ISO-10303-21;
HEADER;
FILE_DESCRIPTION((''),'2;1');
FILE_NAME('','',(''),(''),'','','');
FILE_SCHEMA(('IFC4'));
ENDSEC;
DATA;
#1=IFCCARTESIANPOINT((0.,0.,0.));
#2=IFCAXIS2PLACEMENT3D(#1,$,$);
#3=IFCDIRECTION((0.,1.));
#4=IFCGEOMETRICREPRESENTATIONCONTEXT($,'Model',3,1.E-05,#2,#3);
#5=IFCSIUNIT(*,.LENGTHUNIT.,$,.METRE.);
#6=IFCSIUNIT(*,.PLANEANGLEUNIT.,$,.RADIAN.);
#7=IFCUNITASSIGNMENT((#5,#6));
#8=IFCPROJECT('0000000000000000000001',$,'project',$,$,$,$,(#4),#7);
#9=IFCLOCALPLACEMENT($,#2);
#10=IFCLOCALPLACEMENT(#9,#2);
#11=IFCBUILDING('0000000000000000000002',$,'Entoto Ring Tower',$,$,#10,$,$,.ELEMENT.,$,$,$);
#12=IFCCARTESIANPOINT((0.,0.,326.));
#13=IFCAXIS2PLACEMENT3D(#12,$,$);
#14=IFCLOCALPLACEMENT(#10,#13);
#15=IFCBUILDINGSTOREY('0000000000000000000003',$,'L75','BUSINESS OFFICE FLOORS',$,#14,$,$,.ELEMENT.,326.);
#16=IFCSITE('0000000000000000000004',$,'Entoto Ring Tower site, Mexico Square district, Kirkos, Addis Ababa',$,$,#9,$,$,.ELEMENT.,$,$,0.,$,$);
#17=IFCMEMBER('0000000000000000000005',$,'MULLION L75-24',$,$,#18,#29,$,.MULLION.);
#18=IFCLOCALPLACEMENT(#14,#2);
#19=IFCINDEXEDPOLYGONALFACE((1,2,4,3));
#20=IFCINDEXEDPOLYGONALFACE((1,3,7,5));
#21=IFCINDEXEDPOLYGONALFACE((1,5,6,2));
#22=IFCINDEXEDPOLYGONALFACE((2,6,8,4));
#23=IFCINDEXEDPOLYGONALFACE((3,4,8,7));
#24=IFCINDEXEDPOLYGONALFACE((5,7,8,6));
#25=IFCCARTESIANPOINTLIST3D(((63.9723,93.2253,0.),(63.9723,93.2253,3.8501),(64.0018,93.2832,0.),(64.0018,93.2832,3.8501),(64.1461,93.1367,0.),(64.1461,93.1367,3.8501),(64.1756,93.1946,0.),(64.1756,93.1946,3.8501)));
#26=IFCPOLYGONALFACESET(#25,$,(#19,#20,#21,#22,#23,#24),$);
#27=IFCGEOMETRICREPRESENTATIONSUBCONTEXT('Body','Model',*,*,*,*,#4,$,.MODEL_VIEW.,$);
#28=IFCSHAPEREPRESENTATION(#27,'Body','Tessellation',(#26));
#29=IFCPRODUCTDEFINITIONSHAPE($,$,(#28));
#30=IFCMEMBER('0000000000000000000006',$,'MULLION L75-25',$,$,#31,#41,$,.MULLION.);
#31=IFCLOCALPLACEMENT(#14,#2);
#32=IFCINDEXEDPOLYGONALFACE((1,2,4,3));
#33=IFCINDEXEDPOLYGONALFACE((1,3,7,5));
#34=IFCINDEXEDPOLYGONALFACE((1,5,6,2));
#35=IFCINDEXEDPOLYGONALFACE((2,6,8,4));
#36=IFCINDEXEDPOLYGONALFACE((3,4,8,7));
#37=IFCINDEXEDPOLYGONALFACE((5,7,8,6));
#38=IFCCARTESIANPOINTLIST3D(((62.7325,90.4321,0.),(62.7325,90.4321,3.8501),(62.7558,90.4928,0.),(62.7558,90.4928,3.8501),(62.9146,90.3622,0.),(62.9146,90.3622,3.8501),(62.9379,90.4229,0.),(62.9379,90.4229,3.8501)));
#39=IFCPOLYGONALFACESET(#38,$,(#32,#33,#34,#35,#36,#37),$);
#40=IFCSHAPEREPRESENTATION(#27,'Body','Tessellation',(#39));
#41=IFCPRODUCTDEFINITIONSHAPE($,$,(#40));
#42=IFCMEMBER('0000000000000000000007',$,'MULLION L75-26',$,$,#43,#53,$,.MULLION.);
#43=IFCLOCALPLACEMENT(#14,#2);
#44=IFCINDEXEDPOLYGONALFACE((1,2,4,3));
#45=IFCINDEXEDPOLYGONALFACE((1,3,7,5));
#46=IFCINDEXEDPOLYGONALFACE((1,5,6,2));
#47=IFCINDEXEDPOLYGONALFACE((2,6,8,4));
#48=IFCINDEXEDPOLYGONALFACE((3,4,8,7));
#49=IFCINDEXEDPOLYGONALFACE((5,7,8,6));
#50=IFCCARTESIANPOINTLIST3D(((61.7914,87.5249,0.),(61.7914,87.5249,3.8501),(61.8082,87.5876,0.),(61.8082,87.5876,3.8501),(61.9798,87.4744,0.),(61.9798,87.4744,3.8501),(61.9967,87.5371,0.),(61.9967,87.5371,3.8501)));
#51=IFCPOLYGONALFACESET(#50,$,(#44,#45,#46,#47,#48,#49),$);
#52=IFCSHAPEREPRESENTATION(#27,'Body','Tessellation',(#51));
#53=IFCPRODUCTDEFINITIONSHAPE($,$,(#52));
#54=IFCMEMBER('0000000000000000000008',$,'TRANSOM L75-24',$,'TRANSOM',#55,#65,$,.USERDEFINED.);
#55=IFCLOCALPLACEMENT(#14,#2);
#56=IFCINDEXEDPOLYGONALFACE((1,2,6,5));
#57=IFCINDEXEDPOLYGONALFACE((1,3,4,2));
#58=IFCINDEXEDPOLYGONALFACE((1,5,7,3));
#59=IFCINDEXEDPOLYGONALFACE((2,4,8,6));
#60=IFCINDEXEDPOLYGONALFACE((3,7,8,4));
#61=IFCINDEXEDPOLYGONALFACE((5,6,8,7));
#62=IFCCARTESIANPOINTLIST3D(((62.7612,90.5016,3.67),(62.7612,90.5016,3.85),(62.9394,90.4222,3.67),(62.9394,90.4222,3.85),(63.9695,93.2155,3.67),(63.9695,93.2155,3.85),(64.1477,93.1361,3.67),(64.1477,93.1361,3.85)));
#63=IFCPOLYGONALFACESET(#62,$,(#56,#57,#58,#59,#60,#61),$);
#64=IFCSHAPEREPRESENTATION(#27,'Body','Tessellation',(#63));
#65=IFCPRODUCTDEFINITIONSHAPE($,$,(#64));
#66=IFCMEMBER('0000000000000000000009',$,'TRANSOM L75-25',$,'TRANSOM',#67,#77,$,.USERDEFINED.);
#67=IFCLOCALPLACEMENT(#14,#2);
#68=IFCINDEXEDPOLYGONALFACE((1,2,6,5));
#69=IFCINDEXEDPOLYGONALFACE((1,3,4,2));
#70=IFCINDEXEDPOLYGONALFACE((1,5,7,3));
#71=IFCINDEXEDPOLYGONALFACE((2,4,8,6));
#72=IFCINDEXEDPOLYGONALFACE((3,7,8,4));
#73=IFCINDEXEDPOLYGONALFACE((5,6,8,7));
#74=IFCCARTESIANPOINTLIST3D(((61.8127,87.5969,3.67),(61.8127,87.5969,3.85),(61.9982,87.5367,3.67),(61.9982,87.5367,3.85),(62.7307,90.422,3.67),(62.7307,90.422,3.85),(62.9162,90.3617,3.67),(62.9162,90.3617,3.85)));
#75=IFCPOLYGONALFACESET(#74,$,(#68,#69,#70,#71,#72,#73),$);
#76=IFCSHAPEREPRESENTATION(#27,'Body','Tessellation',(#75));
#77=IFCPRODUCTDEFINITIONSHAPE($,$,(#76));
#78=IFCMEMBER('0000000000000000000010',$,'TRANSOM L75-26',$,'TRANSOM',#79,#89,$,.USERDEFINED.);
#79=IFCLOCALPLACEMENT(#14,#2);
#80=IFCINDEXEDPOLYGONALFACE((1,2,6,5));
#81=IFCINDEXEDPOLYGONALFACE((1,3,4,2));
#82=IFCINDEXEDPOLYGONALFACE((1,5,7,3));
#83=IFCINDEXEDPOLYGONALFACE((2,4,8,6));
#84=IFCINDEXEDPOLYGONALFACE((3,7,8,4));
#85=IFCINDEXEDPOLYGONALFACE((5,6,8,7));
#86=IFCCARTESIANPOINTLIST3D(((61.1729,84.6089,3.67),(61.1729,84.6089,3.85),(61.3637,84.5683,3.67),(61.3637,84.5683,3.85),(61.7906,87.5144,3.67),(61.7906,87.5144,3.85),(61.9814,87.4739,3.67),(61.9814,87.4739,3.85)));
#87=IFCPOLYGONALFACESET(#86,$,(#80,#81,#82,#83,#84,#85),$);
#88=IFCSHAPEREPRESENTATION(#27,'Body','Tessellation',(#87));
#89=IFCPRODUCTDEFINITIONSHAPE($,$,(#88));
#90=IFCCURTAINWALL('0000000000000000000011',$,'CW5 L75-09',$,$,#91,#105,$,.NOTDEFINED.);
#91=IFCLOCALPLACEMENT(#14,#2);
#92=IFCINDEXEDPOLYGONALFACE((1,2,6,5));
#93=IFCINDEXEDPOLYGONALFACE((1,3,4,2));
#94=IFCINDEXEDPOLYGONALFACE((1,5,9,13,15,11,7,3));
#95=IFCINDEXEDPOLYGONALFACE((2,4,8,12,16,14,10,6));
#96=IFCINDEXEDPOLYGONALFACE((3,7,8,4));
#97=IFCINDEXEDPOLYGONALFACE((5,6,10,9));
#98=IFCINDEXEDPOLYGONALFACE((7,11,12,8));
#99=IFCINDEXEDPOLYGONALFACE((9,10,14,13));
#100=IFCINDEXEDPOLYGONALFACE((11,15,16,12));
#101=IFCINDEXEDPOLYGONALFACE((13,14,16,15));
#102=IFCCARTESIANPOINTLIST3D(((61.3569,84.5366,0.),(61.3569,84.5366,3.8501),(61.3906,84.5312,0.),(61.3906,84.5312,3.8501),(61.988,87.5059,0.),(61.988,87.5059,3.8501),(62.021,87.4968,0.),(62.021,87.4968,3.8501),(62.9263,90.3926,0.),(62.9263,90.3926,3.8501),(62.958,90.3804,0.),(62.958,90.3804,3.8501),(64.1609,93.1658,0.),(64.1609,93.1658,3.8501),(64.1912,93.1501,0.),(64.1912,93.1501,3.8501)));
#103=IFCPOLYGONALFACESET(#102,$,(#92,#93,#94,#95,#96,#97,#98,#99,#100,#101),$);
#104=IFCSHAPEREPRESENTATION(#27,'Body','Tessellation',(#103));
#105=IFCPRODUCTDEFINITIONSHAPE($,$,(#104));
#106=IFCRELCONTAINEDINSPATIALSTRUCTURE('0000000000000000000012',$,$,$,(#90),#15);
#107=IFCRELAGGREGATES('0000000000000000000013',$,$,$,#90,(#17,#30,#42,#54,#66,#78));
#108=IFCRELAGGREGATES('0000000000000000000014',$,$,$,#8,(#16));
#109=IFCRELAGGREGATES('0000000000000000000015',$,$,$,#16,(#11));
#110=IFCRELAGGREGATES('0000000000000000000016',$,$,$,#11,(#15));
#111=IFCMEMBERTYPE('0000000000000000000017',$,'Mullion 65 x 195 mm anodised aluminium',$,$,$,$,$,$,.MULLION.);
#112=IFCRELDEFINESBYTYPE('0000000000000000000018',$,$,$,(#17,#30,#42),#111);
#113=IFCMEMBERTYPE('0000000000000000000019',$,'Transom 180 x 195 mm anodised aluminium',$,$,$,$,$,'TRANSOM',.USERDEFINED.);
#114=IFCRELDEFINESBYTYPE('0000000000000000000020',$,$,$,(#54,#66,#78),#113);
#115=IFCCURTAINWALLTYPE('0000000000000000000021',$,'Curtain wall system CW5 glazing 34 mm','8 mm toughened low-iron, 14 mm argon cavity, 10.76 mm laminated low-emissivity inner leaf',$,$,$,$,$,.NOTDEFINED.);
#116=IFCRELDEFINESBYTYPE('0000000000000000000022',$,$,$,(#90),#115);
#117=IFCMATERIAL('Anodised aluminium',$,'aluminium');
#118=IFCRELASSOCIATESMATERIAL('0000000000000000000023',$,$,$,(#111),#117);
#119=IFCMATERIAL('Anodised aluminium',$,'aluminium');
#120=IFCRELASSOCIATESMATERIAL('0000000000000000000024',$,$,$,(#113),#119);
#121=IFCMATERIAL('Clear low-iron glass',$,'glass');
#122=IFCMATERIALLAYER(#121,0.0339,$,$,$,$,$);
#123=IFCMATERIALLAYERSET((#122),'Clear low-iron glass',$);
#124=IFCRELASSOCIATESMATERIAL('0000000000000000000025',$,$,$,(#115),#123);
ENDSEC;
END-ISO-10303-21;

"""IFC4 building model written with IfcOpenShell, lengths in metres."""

from ifc_helpers import new_model, si_unit, direction, frame, origin, origin_2d, place, context, subcontext, project, spatial, polyline, rectangle, outline, extrude, material, layer, layer_set, material_profile, profile_set, type_object, element, aggregate, save


model = new_model("IFC4")

# Units and contexts
model_context = context("Model", 3, precision=1e-05, world=origin(), true_north=direction((0.0, 1.0)))
body_context = subcontext(model_context, "Body", "Model", "MODEL_VIEW")
ifc_project = project(units=[si_unit("LENGTHUNIT", "METRE"), si_unit("PLANEANGLEUNIT", "RADIAN")], contexts=[model_context])

# Members
ifc_material_1 = material(Name="Anodised aluminium", Category="aluminium")
ifc_material_profile_1 = material_profile(ifc_material_1, rectangle(XDim=0.0649, YDim=0.1951, at=origin_2d()), Name="Mullion 65 x 195 mm anodised aluminium")
ifc_profile_set_1 = profile_set([ifc_material_profile_1], Name="Anodised aluminium")
member_type_1 = type_object("IfcMemberType", Name="Mullion 65 x 195 mm anodised aluminium", PredefinedType="MULLION", material=ifc_profile_set_1)
site_placement = place(None, origin())
building_placement = place(site_placement, origin())
storey_placement = place(building_placement, frame((0.0, 0.0, 326.0)))
member_1_placement = place(storey_placement, frame((64.074, 93.21, 0.0), z_axis=(0.0, 0.0, 1.0), x_axis=(-0.45399, -0.891007, 0.0)))
member_1 = element("IfcMember", 1, at=member_1_placement, type_object=member_type_1, Name="MULLION L75-24", PredefinedType="MULLION", context=body_context, shape_type="SweptSolid", body=[
    extrude(rectangle(XDim=0.0649, YDim=0.1951, at=origin_2d()), origin(), (0.0, 0.0, 1.0), 3.8501),
])
member_2_placement = place(storey_placement, frame((62.8352, 90.4275, 0.0), z_axis=(0.0, 0.0, 1.0), x_axis=(-0.358368, -0.93358, 0.0)))
member_2 = element("IfcMember", 2, at=member_2_placement, type_object=member_type_1, Name="MULLION L75-25", PredefinedType="MULLION", context=body_context, shape_type="SweptSolid", body=[
    extrude(rectangle(XDim=0.0649, YDim=0.1951, at=origin_2d()), origin(), (0.0, 0.0, 1.0), 3.8501),
])
member_3_placement = place(storey_placement, frame((61.894, 87.531, 0.0), z_axis=(0.0, 0.0, 1.0), x_axis=(-0.258819, -0.965926, 0.0)))
member_3 = element("IfcMember", 3, at=member_3_placement, type_object=member_type_1, Name="MULLION L75-26", PredefinedType="MULLION", context=body_context, shape_type="SweptSolid", body=[
    extrude(rectangle(XDim=0.0649, YDim=0.1951, at=origin_2d()), origin(), (0.0, 0.0, 1.0), 3.8501),
])
ifc_material_2 = material(Name="Anodised aluminium", Category="aluminium")
ifc_material_profile_2 = material_profile(ifc_material_2, rectangle(XDim=0.1951, YDim=0.1799, at=origin_2d()), Name="Transom 180 x 195 mm anodised aluminium")
ifc_profile_set_2 = profile_set([ifc_material_profile_2], Name="Anodised aluminium")
member_type_2 = type_object("IfcMemberType", Name="Transom 180 x 195 mm anodised aluminium", ElementType="TRANSOM", PredefinedType="USERDEFINED", material=ifc_profile_set_2)
member_4_placement = place(storey_placement, frame((64.0586, 93.1758, 3.76), z_axis=(-0.406726, -0.91355, 0.0), x_axis=(0.91355, -0.406726, 0.0)))
member_4 = element("IfcMember", 4, at=member_4_placement, type_object=member_type_2, Name="TRANSOM L75-24", ObjectType="TRANSOM", PredefinedType="USERDEFINED", context=body_context, shape_type="SweptSolid", body=[
    extrude(rectangle(XDim=0.1951, YDim=0.1799, at=origin_2d()), origin(), (0.0, 0.0, 1.0), 2.9707),
])
member_5_placement = place(storey_placement, frame((62.8235, 90.3918, 3.76), z_axis=(-0.309043, -0.951048, 0.0), x_axis=(0.951048, -0.309043, 0.0)))
member_5 = element("IfcMember", 5, at=member_5_placement, type_object=member_type_2, Name="TRANSOM L75-25", ObjectType="TRANSOM", PredefinedType="USERDEFINED", context=body_context, shape_type="SweptSolid", body=[
    extrude(rectangle(XDim=0.1951, YDim=0.1799, at=origin_2d()), origin(), (0.0, 0.0, 1.0), 2.9705),
])
member_6_placement = place(storey_placement, frame((61.886, 87.4941, 3.76), z_axis=(-0.20794, -0.978142, 0.0), x_axis=(0.978142, -0.20794, 0.0)))
member_6 = element("IfcMember", 6, at=member_6_placement, type_object=member_type_2, Name="TRANSOM L75-26", ObjectType="TRANSOM", PredefinedType="USERDEFINED", context=body_context, shape_type="SweptSolid", body=[
    extrude(rectangle(XDim=0.1951, YDim=0.1799, at=origin_2d()), origin(), (0.0, 0.0, 1.0), 2.9705),
])

# Site, building, storey
site = spatial("IfcSite", under=ifc_project, at=site_placement, Name="Entoto Ring Tower site, Mexico Square district, Kirkos, Addis Ababa", CompositionType="ELEMENT", RefElevation=0.0)
building = spatial("IfcBuilding", under=site, at=building_placement, Name="Entoto Ring Tower", CompositionType="ELEMENT")
storey = spatial("IfcBuildingStorey", under=building, at=storey_placement, Name="L75", Description="BUSINESS OFFICE FLOORS", CompositionType="ELEMENT", Elevation=326.0)

# Curtain wall
ifc_material_3 = material(Name="Clear low-iron glass", Category="glass")
ifc_layer = layer(ifc_material_3, 0.0339)
ifc_layer_set = layer_set([ifc_layer], Name="Clear low-iron glass")
curtain_wall_type = type_object("IfcCurtainWallType", Name="Curtain wall system CW5 glazing 34 mm", Description="8 mm toughened low-iron, 14 mm argon cavity, 10.76 mm laminated low-emissivity inner leaf", PredefinedType="NOTDEFINED", material=ifc_layer_set)
curtain_wall_1_placement = place(storey_placement, origin())
curtain_wall_1 = element("IfcCurtainWall", 7, at=curtain_wall_1_placement, inside=storey, type_object=curtain_wall_type, Name="CW5 L75-09", PredefinedType="NOTDEFINED", context=body_context, shape_type="SweptSolid", body=[
    extrude(outline(polyline([(64.1609, 93.1658), (62.9263, 90.3926), (61.988, 87.5059), (61.3569, 84.5366), (61.3906, 84.5312), (62.021, 87.4968), (62.958, 90.3804), (64.1912, 93.1501), (64.1609, 93.1658)])), origin(), (0.0, 0.0, 1.0), 3.8501),
])
aggregate(curtain_wall_1, [member_1, member_2, member_3, member_4, member_5, member_6])

save(model, "model.ifc")
